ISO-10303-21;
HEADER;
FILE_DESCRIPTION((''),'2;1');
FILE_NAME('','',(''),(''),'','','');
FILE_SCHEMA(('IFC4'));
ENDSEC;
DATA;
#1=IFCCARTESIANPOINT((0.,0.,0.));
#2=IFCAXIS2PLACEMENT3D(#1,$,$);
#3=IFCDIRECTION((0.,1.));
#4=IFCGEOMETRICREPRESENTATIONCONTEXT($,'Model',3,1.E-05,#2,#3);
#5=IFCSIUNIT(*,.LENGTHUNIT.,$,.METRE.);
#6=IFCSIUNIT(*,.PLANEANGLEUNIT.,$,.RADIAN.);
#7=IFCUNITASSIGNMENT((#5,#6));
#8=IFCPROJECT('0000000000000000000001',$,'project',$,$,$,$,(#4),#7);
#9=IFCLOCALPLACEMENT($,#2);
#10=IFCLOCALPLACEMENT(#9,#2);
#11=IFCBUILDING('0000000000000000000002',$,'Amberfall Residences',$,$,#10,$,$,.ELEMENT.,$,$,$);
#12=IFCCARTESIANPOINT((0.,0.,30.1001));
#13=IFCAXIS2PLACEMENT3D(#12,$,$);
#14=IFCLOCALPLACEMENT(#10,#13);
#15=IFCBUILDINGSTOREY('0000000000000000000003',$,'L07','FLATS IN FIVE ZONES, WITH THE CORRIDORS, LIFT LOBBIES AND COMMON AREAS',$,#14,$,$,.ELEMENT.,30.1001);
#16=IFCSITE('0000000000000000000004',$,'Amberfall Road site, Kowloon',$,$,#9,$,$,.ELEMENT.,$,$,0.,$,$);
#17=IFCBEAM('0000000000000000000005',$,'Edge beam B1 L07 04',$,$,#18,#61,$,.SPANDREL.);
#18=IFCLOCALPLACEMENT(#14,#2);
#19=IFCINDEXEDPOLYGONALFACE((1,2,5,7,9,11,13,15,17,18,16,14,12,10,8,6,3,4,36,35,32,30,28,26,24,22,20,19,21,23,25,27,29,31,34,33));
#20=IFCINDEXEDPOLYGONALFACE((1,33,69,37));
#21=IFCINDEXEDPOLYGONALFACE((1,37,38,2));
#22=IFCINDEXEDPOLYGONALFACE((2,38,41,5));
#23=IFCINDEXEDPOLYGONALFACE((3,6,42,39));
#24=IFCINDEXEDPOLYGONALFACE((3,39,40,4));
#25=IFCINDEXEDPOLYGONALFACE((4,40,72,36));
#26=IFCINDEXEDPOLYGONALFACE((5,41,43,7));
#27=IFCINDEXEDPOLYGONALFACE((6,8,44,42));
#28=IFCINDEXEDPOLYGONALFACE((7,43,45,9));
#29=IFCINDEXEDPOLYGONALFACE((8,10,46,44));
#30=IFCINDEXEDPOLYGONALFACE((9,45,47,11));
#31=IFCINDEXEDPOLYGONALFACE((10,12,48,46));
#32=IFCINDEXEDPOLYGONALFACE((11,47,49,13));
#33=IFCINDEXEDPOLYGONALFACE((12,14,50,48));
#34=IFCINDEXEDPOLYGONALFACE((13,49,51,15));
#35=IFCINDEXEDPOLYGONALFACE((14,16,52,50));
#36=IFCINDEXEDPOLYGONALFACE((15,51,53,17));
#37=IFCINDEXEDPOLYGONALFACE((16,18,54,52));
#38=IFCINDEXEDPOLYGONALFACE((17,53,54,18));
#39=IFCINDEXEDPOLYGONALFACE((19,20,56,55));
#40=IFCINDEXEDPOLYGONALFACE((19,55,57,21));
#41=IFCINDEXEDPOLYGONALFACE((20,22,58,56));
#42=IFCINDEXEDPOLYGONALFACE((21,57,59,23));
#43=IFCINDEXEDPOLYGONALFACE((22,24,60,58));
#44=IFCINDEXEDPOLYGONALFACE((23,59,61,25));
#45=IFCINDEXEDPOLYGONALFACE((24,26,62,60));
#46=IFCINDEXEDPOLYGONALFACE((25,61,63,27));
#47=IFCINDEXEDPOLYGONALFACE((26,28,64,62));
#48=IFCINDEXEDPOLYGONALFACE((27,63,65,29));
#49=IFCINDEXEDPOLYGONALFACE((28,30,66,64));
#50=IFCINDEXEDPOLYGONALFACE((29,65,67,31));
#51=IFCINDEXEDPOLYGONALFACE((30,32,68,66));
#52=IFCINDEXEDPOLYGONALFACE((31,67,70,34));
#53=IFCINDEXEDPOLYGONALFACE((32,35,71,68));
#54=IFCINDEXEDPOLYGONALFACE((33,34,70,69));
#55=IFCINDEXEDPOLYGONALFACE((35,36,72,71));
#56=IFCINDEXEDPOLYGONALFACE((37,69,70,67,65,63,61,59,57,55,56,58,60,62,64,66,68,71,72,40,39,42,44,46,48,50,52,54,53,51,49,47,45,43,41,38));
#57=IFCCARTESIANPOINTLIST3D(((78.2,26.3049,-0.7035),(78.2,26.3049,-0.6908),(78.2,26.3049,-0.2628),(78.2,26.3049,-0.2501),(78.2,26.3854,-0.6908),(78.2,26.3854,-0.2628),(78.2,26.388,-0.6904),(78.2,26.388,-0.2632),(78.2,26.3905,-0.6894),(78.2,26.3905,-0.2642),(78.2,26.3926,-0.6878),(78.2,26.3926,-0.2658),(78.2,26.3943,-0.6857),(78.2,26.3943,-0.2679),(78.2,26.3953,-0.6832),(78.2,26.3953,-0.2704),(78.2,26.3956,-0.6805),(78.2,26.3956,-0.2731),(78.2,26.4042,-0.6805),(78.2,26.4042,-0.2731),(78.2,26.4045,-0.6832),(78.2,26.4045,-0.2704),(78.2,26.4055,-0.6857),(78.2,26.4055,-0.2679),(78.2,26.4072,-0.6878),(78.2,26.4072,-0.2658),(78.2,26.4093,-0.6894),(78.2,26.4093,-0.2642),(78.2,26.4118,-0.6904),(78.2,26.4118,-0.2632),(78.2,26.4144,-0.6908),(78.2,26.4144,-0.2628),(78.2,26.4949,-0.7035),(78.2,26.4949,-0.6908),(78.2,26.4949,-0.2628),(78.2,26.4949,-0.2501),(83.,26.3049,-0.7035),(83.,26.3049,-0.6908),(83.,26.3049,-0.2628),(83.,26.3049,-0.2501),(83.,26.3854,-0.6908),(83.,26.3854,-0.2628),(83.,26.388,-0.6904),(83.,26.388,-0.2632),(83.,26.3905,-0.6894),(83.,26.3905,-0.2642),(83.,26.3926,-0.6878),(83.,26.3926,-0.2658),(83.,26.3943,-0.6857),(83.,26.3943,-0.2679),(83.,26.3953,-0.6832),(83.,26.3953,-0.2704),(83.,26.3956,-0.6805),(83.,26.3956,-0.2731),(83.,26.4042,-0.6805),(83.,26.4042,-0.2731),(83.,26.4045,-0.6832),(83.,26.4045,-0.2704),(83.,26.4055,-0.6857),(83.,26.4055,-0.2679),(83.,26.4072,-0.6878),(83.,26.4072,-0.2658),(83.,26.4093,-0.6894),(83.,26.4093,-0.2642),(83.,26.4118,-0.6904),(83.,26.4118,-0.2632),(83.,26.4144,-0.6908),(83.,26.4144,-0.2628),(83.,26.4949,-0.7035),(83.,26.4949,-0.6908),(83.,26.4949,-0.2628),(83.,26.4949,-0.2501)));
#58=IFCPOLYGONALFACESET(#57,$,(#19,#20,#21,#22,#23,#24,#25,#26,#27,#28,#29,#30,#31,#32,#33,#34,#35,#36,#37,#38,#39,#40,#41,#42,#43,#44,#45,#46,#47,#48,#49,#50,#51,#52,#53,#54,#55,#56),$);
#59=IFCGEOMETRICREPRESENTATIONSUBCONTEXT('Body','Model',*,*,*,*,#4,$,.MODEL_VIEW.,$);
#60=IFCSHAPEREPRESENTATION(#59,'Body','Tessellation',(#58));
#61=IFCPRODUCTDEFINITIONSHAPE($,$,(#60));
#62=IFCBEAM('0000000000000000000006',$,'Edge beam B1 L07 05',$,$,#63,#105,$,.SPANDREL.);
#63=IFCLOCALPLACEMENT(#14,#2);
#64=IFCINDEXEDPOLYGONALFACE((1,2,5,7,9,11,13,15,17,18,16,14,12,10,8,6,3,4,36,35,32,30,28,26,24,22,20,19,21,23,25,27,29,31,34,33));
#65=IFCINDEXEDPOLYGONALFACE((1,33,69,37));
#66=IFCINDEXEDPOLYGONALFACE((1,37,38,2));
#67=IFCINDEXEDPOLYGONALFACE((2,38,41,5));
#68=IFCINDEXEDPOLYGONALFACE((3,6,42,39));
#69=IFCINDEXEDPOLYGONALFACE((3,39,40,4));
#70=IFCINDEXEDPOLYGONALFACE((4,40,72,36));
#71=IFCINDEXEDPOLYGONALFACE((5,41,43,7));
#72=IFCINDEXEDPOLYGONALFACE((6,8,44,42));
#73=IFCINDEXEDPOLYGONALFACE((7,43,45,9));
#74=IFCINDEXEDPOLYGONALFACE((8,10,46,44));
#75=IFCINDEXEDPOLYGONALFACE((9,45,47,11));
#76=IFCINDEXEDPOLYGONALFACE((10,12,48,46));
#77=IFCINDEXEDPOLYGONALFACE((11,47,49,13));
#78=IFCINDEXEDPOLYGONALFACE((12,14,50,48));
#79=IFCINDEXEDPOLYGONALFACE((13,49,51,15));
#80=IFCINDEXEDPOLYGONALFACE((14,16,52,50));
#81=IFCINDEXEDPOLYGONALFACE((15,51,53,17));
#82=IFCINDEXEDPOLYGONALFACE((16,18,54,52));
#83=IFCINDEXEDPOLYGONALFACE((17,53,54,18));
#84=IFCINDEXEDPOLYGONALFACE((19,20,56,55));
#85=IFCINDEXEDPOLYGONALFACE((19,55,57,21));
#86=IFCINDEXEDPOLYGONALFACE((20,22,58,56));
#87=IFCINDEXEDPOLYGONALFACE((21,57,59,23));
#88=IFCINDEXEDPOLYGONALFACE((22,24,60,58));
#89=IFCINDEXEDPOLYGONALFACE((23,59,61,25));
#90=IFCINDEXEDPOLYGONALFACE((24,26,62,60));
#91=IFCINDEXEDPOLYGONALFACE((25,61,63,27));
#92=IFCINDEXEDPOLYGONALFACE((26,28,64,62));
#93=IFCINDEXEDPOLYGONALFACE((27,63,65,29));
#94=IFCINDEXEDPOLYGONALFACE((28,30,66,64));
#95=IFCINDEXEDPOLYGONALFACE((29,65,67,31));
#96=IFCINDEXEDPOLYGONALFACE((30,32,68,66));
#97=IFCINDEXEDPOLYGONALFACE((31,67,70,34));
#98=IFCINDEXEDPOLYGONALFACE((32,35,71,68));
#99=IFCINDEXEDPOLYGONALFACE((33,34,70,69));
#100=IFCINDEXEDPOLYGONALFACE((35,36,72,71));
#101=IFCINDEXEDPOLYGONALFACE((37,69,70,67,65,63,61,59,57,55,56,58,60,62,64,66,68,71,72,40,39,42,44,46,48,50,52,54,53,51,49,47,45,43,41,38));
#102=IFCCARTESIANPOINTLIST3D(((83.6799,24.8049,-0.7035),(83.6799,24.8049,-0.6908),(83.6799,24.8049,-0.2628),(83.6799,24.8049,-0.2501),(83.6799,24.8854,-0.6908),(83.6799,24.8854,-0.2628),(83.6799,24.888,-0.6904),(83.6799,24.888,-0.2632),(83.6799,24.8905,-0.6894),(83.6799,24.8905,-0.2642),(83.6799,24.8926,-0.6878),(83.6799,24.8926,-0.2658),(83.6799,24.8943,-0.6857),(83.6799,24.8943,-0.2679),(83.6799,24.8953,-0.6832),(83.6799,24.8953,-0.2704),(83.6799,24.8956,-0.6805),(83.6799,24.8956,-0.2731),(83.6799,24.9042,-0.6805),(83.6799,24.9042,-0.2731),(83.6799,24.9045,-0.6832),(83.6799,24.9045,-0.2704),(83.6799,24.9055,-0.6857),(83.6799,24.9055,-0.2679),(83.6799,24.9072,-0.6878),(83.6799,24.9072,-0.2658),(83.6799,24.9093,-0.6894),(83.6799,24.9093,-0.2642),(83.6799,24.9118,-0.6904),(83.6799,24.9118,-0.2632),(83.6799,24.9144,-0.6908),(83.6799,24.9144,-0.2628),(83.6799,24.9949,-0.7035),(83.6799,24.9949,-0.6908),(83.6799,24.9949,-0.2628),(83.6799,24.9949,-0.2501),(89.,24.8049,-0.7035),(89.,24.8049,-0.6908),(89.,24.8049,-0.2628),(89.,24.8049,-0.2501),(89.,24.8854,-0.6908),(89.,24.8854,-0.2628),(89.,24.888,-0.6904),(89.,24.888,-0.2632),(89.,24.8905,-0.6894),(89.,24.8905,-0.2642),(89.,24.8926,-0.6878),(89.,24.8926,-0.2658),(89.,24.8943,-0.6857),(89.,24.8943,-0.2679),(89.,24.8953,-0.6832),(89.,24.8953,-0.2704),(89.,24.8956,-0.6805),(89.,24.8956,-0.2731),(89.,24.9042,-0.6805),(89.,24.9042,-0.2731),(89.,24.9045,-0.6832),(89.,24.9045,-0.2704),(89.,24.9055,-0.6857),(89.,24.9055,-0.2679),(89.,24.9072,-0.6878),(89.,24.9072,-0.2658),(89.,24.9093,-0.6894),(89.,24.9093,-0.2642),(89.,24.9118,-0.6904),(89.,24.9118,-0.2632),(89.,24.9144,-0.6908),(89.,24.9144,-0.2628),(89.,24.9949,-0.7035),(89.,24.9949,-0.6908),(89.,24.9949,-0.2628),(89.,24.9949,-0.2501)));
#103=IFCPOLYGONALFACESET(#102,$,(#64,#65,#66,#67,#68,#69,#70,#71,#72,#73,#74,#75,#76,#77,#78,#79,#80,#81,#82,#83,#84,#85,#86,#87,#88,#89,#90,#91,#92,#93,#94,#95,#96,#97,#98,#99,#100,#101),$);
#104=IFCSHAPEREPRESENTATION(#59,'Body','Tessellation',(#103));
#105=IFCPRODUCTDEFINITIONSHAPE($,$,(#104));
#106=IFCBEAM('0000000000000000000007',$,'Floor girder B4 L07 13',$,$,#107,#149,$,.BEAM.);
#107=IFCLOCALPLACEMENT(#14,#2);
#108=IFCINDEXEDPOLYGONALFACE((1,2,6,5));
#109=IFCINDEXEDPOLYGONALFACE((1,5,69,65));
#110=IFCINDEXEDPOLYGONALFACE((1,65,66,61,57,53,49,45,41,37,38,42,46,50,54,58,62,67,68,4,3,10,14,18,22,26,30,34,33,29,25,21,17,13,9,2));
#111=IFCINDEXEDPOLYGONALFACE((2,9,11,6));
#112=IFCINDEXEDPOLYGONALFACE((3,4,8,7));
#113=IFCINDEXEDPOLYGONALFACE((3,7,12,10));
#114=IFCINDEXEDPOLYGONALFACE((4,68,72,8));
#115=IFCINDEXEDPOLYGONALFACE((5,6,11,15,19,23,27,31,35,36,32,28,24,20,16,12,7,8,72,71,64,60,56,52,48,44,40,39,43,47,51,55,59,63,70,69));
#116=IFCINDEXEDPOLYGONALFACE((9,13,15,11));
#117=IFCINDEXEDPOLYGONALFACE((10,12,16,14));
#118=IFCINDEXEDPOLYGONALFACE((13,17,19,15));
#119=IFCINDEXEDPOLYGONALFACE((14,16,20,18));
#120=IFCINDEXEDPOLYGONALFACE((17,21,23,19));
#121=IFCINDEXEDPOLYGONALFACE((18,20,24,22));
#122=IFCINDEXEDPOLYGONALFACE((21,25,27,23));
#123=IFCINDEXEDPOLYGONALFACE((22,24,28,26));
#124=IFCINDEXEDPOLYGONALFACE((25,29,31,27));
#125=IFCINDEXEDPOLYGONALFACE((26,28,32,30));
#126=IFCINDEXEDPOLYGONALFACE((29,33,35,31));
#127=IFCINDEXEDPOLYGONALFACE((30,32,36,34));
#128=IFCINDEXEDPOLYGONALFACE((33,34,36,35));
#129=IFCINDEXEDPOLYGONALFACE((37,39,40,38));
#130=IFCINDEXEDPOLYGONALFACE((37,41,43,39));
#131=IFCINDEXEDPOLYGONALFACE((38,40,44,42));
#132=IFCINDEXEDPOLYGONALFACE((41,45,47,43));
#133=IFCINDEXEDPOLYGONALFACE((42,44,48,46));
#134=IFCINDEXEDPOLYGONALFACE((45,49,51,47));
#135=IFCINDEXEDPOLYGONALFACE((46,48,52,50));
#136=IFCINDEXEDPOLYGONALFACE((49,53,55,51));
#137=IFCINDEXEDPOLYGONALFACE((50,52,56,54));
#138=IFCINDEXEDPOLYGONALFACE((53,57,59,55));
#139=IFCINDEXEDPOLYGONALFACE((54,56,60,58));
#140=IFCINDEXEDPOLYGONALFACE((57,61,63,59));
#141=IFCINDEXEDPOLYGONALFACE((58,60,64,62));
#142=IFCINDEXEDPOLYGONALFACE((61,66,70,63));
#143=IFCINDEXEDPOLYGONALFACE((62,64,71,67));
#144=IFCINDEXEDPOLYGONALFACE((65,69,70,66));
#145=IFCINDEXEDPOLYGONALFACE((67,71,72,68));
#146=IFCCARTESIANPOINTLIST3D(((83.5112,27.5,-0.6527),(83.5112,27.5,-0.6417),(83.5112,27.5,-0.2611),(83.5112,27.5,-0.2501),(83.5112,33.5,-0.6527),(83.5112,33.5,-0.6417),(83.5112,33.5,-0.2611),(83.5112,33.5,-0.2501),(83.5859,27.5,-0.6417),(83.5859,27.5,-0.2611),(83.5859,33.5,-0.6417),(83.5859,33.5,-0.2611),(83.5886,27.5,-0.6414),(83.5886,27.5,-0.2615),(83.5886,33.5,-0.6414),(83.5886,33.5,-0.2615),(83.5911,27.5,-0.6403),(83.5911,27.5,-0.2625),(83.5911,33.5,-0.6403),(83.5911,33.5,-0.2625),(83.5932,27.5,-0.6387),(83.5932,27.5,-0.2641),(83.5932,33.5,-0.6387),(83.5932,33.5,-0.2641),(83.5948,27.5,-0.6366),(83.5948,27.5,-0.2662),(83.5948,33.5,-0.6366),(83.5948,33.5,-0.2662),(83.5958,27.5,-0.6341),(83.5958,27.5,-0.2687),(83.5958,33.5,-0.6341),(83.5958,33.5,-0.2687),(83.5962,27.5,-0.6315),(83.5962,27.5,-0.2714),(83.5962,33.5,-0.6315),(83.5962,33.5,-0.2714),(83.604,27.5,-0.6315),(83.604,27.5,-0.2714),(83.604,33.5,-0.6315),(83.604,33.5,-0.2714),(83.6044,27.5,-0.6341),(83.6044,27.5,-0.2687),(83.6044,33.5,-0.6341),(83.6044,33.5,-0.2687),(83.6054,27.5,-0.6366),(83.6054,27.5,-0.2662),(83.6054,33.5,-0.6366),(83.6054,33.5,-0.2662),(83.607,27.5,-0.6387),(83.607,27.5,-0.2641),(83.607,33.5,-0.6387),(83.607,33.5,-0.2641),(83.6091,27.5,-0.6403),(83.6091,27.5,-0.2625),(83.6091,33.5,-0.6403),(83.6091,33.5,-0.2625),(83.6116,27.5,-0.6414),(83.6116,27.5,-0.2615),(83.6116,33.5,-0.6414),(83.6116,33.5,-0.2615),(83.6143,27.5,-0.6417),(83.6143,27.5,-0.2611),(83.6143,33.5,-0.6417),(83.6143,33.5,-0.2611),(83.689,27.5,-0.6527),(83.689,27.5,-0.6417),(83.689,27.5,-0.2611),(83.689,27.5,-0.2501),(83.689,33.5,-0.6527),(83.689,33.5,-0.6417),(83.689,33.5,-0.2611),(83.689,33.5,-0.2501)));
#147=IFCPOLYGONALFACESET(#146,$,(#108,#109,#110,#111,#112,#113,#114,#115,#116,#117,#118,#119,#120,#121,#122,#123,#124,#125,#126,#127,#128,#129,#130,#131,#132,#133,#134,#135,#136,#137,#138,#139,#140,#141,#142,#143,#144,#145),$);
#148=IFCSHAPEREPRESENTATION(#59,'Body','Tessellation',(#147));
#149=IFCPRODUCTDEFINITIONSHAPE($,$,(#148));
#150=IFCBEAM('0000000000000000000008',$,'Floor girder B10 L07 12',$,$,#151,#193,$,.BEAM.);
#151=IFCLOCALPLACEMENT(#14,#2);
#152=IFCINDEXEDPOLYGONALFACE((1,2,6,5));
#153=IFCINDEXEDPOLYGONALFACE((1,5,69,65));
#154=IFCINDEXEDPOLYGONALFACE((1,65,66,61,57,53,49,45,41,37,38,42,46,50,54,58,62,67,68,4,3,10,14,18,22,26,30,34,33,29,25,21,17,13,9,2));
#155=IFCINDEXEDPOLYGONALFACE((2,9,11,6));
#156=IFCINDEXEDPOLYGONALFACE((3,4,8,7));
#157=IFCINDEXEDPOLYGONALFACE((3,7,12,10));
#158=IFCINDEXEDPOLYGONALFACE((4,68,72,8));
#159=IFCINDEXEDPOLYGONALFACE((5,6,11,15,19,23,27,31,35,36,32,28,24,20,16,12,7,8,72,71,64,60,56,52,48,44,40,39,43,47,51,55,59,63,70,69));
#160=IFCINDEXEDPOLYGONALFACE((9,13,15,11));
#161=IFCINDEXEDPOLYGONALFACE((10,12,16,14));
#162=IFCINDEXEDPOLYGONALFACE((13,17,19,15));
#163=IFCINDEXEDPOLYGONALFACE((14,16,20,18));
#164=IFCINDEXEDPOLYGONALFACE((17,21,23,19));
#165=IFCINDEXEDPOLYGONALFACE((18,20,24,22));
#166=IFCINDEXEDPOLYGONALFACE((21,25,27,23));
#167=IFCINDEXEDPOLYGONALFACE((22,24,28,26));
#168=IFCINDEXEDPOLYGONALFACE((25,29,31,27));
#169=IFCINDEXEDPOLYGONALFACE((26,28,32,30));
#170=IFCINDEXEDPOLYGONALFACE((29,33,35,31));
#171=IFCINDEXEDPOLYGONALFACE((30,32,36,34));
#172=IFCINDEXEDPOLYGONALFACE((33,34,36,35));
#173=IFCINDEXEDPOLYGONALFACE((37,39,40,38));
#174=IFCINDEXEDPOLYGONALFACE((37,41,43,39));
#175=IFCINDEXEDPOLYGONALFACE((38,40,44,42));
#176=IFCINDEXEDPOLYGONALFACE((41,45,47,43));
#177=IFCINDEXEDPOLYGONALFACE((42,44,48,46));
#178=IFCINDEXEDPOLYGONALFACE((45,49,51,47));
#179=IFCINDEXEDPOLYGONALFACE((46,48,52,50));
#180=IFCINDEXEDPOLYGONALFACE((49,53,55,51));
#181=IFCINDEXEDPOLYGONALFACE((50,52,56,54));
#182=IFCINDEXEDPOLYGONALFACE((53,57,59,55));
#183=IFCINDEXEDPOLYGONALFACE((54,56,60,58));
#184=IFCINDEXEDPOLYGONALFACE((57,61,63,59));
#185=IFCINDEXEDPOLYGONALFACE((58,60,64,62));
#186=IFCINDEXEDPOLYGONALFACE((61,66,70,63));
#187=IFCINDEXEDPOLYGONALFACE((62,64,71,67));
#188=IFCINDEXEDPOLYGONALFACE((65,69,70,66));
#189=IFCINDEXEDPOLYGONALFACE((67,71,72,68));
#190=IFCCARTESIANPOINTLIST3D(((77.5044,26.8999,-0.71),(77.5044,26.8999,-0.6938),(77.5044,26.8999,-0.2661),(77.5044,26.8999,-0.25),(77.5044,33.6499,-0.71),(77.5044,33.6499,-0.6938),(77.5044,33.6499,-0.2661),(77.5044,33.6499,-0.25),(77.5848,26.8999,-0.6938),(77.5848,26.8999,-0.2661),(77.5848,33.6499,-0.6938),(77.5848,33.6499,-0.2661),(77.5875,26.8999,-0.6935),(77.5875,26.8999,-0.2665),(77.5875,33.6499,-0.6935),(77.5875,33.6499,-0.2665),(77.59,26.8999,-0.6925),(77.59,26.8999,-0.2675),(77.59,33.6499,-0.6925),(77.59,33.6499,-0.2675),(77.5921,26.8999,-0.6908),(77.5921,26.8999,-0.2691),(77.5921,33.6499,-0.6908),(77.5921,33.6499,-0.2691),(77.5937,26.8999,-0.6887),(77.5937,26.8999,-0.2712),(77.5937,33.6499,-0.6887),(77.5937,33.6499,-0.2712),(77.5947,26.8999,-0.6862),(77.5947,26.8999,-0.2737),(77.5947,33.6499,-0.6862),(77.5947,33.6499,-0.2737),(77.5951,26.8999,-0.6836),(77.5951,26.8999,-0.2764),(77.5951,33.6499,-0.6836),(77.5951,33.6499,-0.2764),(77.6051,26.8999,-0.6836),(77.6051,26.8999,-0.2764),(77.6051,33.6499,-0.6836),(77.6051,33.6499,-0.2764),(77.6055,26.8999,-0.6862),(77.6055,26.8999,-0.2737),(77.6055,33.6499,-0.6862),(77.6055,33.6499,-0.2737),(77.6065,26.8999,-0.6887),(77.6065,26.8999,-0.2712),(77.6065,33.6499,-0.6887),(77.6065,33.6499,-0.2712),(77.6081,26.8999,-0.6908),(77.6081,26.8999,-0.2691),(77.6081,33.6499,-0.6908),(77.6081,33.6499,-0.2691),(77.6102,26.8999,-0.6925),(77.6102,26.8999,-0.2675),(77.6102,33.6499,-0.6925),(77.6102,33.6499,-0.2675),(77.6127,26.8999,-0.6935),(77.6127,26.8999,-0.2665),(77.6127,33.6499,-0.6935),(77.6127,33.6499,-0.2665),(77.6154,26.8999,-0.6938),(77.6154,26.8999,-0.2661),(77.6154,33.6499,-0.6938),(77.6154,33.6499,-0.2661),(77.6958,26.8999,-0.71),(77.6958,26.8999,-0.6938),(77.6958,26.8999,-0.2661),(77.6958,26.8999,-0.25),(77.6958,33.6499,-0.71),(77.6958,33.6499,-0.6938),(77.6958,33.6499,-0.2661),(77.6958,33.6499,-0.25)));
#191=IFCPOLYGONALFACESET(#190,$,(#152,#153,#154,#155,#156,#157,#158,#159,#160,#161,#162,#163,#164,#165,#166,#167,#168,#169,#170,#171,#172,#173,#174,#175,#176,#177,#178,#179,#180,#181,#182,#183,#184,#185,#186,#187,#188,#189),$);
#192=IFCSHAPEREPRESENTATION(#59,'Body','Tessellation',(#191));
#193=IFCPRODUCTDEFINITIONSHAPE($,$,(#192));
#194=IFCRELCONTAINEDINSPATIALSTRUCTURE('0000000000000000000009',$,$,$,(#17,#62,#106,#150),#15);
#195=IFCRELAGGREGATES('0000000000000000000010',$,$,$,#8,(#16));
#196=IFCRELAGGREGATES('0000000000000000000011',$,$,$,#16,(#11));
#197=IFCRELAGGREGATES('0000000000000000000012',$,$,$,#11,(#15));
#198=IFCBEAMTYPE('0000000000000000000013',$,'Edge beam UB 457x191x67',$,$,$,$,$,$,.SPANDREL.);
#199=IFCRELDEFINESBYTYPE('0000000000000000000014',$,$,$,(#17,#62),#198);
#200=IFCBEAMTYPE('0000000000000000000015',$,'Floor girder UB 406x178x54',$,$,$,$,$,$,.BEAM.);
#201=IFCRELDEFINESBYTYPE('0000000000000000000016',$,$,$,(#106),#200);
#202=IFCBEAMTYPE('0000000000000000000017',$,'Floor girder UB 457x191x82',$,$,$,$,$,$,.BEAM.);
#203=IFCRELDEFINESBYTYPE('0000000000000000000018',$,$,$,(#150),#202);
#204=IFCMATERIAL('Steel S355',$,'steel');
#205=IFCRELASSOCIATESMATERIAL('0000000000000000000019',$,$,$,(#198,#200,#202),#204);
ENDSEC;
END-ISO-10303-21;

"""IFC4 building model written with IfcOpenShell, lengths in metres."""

from ifc_helpers import new_model, si_unit, direction, frame, origin, origin_2d, place, context, subcontext, project, spatial, i_section, extrude, material, material_profile, profile_set, type_object, element, save


model = new_model("IFC4")

# Units and contexts
model_context = context("Model", 3, precision=1e-05, world=origin(), true_north=direction((0.0, 1.0)))
body_context = subcontext(model_context, "Body", "Model", "MODEL_VIEW")
ifc_project = project(units=[si_unit("LENGTHUNIT", "METRE"), si_unit("PLANEANGLEUNIT", "RADIAN")], contexts=[model_context])

# Site, building, storey
site_placement = place(None, origin())
site = spatial("IfcSite", under=ifc_project, at=site_placement, Name="Amberfall Road site, Kowloon", CompositionType="ELEMENT", RefElevation=0.0)
building_placement = place(site_placement, origin())
building = spatial("IfcBuilding", under=site, at=building_placement, Name="Amberfall Residences", CompositionType="ELEMENT")
storey_placement = place(building_placement, frame((0.0, 0.0, 30.1001)))
storey = spatial("IfcBuildingStorey", under=building, at=storey_placement, Name="L07", Description="FLATS IN FIVE ZONES, WITH THE CORRIDORS, LIFT LOBBIES AND COMMON AREAS", CompositionType="ELEMENT", Elevation=30.1001)

# Beams
ifc_material_1 = material(Name="Steel S355", Category="steel")
ifc_material_profile_1 = material_profile(ifc_material_1, i_section(OverallWidth=0.1899, OverallDepth=0.4534, WebThickness=0.0085, FlangeThickness=0.0127, FilletRadius=0.0103, at=origin_2d()), Name="UB 457x191x67")
ifc_profile_set_1 = profile_set([ifc_material_profile_1], Name="Steel S355")
beam_type_1 = type_object("IfcBeamType", Name="Edge beam UB 457x191x67", PredefinedType="SPANDREL", material=ifc_profile_set_1)
beam_1_placement = place(storey_placement, frame((78.2, 26.3999, -0.4768), z_axis=(1.0, 0.0, 0.0), x_axis=(0.0, 1.0, 0.0)))
element("IfcBeam", 1, at=beam_1_placement, inside=storey, type_object=beam_type_1, Name="Edge beam B1 L07 04", PredefinedType="SPANDREL", context=body_context, shape_type="SweptSolid", body=[
    extrude(i_section(OverallWidth=0.1899, OverallDepth=0.4534, WebThickness=0.0085, FlangeThickness=0.0127, FilletRadius=0.0103, at=origin_2d()), origin(), (0.0, 0.0, 1.0), 4.8),
])
beam_2_placement = place(storey_placement, frame((83.6799, 24.8999, -0.4768), z_axis=(1.0, 0.0, 0.0), x_axis=(0.0, 1.0, 0.0)))
element("IfcBeam", 2, at=beam_2_placement, inside=storey, type_object=beam_type_1, Name="Edge beam B1 L07 05", PredefinedType="SPANDREL", context=body_context, shape_type="SweptSolid", body=[
    extrude(i_section(OverallWidth=0.1899, OverallDepth=0.4534, WebThickness=0.0085, FlangeThickness=0.0127, FilletRadius=0.0103, at=origin_2d()), origin(), (0.0, 0.0, 1.0), 5.3201),
])
ifc_material_profile_2 = material_profile(ifc_material_1, i_section(OverallWidth=0.1777, OverallDepth=0.4026, WebThickness=0.0078, FlangeThickness=0.011, FilletRadius=0.0103, at=origin_2d()), Name="UB 406x178x54")
ifc_profile_set_2 = profile_set([ifc_material_profile_2], Name="Steel S355")
beam_type_2 = type_object("IfcBeamType", Name="Floor girder UB 406x178x54", PredefinedType="BEAM", material=ifc_profile_set_2)
beam_3_placement = place(storey_placement, frame((83.6001, 27.5, -0.4514), z_axis=(0.0, 1.0, 0.0), x_axis=(-1.0, 0.0, 0.0)))
element("IfcBeam", 3, at=beam_3_placement, inside=storey, type_object=beam_type_2, Name="Floor girder B4 L07 13", PredefinedType="BEAM", context=body_context, shape_type="SweptSolid", body=[
    extrude(i_section(OverallWidth=0.1777, OverallDepth=0.4026, WebThickness=0.0078, FlangeThickness=0.011, FilletRadius=0.0103, at=origin_2d()), origin(), (0.0, 0.0, 1.0), 6.0),
])
ifc_material_profile_3 = material_profile(ifc_material_1, i_section(OverallWidth=0.1914, OverallDepth=0.46, WebThickness=0.01, FlangeThickness=0.0161, FilletRadius=0.0103, at=origin_2d()), Name="UB 457x191x82")
ifc_profile_set_3 = profile_set([ifc_material_profile_3], Name="Steel S355")
beam_type_3 = type_object("IfcBeamType", Name="Floor girder UB 457x191x82", PredefinedType="BEAM", material=ifc_profile_set_3)
beam_4_placement = place(storey_placement, frame((77.6001, 26.8999, -0.48), z_axis=(0.0, 1.0, 0.0), x_axis=(-1.0, 0.0, 0.0)))
element("IfcBeam", 4, at=beam_4_placement, inside=storey, type_object=beam_type_3, Name="Floor girder B10 L07 12", PredefinedType="BEAM", context=body_context, shape_type="SweptSolid", body=[
    extrude(i_section(OverallWidth=0.1914, OverallDepth=0.46, WebThickness=0.01, FlangeThickness=0.0161, FilletRadius=0.0103, at=origin_2d()), origin(), (0.0, 0.0, 1.0), 6.75),
])

save(model, "model.ifc")
